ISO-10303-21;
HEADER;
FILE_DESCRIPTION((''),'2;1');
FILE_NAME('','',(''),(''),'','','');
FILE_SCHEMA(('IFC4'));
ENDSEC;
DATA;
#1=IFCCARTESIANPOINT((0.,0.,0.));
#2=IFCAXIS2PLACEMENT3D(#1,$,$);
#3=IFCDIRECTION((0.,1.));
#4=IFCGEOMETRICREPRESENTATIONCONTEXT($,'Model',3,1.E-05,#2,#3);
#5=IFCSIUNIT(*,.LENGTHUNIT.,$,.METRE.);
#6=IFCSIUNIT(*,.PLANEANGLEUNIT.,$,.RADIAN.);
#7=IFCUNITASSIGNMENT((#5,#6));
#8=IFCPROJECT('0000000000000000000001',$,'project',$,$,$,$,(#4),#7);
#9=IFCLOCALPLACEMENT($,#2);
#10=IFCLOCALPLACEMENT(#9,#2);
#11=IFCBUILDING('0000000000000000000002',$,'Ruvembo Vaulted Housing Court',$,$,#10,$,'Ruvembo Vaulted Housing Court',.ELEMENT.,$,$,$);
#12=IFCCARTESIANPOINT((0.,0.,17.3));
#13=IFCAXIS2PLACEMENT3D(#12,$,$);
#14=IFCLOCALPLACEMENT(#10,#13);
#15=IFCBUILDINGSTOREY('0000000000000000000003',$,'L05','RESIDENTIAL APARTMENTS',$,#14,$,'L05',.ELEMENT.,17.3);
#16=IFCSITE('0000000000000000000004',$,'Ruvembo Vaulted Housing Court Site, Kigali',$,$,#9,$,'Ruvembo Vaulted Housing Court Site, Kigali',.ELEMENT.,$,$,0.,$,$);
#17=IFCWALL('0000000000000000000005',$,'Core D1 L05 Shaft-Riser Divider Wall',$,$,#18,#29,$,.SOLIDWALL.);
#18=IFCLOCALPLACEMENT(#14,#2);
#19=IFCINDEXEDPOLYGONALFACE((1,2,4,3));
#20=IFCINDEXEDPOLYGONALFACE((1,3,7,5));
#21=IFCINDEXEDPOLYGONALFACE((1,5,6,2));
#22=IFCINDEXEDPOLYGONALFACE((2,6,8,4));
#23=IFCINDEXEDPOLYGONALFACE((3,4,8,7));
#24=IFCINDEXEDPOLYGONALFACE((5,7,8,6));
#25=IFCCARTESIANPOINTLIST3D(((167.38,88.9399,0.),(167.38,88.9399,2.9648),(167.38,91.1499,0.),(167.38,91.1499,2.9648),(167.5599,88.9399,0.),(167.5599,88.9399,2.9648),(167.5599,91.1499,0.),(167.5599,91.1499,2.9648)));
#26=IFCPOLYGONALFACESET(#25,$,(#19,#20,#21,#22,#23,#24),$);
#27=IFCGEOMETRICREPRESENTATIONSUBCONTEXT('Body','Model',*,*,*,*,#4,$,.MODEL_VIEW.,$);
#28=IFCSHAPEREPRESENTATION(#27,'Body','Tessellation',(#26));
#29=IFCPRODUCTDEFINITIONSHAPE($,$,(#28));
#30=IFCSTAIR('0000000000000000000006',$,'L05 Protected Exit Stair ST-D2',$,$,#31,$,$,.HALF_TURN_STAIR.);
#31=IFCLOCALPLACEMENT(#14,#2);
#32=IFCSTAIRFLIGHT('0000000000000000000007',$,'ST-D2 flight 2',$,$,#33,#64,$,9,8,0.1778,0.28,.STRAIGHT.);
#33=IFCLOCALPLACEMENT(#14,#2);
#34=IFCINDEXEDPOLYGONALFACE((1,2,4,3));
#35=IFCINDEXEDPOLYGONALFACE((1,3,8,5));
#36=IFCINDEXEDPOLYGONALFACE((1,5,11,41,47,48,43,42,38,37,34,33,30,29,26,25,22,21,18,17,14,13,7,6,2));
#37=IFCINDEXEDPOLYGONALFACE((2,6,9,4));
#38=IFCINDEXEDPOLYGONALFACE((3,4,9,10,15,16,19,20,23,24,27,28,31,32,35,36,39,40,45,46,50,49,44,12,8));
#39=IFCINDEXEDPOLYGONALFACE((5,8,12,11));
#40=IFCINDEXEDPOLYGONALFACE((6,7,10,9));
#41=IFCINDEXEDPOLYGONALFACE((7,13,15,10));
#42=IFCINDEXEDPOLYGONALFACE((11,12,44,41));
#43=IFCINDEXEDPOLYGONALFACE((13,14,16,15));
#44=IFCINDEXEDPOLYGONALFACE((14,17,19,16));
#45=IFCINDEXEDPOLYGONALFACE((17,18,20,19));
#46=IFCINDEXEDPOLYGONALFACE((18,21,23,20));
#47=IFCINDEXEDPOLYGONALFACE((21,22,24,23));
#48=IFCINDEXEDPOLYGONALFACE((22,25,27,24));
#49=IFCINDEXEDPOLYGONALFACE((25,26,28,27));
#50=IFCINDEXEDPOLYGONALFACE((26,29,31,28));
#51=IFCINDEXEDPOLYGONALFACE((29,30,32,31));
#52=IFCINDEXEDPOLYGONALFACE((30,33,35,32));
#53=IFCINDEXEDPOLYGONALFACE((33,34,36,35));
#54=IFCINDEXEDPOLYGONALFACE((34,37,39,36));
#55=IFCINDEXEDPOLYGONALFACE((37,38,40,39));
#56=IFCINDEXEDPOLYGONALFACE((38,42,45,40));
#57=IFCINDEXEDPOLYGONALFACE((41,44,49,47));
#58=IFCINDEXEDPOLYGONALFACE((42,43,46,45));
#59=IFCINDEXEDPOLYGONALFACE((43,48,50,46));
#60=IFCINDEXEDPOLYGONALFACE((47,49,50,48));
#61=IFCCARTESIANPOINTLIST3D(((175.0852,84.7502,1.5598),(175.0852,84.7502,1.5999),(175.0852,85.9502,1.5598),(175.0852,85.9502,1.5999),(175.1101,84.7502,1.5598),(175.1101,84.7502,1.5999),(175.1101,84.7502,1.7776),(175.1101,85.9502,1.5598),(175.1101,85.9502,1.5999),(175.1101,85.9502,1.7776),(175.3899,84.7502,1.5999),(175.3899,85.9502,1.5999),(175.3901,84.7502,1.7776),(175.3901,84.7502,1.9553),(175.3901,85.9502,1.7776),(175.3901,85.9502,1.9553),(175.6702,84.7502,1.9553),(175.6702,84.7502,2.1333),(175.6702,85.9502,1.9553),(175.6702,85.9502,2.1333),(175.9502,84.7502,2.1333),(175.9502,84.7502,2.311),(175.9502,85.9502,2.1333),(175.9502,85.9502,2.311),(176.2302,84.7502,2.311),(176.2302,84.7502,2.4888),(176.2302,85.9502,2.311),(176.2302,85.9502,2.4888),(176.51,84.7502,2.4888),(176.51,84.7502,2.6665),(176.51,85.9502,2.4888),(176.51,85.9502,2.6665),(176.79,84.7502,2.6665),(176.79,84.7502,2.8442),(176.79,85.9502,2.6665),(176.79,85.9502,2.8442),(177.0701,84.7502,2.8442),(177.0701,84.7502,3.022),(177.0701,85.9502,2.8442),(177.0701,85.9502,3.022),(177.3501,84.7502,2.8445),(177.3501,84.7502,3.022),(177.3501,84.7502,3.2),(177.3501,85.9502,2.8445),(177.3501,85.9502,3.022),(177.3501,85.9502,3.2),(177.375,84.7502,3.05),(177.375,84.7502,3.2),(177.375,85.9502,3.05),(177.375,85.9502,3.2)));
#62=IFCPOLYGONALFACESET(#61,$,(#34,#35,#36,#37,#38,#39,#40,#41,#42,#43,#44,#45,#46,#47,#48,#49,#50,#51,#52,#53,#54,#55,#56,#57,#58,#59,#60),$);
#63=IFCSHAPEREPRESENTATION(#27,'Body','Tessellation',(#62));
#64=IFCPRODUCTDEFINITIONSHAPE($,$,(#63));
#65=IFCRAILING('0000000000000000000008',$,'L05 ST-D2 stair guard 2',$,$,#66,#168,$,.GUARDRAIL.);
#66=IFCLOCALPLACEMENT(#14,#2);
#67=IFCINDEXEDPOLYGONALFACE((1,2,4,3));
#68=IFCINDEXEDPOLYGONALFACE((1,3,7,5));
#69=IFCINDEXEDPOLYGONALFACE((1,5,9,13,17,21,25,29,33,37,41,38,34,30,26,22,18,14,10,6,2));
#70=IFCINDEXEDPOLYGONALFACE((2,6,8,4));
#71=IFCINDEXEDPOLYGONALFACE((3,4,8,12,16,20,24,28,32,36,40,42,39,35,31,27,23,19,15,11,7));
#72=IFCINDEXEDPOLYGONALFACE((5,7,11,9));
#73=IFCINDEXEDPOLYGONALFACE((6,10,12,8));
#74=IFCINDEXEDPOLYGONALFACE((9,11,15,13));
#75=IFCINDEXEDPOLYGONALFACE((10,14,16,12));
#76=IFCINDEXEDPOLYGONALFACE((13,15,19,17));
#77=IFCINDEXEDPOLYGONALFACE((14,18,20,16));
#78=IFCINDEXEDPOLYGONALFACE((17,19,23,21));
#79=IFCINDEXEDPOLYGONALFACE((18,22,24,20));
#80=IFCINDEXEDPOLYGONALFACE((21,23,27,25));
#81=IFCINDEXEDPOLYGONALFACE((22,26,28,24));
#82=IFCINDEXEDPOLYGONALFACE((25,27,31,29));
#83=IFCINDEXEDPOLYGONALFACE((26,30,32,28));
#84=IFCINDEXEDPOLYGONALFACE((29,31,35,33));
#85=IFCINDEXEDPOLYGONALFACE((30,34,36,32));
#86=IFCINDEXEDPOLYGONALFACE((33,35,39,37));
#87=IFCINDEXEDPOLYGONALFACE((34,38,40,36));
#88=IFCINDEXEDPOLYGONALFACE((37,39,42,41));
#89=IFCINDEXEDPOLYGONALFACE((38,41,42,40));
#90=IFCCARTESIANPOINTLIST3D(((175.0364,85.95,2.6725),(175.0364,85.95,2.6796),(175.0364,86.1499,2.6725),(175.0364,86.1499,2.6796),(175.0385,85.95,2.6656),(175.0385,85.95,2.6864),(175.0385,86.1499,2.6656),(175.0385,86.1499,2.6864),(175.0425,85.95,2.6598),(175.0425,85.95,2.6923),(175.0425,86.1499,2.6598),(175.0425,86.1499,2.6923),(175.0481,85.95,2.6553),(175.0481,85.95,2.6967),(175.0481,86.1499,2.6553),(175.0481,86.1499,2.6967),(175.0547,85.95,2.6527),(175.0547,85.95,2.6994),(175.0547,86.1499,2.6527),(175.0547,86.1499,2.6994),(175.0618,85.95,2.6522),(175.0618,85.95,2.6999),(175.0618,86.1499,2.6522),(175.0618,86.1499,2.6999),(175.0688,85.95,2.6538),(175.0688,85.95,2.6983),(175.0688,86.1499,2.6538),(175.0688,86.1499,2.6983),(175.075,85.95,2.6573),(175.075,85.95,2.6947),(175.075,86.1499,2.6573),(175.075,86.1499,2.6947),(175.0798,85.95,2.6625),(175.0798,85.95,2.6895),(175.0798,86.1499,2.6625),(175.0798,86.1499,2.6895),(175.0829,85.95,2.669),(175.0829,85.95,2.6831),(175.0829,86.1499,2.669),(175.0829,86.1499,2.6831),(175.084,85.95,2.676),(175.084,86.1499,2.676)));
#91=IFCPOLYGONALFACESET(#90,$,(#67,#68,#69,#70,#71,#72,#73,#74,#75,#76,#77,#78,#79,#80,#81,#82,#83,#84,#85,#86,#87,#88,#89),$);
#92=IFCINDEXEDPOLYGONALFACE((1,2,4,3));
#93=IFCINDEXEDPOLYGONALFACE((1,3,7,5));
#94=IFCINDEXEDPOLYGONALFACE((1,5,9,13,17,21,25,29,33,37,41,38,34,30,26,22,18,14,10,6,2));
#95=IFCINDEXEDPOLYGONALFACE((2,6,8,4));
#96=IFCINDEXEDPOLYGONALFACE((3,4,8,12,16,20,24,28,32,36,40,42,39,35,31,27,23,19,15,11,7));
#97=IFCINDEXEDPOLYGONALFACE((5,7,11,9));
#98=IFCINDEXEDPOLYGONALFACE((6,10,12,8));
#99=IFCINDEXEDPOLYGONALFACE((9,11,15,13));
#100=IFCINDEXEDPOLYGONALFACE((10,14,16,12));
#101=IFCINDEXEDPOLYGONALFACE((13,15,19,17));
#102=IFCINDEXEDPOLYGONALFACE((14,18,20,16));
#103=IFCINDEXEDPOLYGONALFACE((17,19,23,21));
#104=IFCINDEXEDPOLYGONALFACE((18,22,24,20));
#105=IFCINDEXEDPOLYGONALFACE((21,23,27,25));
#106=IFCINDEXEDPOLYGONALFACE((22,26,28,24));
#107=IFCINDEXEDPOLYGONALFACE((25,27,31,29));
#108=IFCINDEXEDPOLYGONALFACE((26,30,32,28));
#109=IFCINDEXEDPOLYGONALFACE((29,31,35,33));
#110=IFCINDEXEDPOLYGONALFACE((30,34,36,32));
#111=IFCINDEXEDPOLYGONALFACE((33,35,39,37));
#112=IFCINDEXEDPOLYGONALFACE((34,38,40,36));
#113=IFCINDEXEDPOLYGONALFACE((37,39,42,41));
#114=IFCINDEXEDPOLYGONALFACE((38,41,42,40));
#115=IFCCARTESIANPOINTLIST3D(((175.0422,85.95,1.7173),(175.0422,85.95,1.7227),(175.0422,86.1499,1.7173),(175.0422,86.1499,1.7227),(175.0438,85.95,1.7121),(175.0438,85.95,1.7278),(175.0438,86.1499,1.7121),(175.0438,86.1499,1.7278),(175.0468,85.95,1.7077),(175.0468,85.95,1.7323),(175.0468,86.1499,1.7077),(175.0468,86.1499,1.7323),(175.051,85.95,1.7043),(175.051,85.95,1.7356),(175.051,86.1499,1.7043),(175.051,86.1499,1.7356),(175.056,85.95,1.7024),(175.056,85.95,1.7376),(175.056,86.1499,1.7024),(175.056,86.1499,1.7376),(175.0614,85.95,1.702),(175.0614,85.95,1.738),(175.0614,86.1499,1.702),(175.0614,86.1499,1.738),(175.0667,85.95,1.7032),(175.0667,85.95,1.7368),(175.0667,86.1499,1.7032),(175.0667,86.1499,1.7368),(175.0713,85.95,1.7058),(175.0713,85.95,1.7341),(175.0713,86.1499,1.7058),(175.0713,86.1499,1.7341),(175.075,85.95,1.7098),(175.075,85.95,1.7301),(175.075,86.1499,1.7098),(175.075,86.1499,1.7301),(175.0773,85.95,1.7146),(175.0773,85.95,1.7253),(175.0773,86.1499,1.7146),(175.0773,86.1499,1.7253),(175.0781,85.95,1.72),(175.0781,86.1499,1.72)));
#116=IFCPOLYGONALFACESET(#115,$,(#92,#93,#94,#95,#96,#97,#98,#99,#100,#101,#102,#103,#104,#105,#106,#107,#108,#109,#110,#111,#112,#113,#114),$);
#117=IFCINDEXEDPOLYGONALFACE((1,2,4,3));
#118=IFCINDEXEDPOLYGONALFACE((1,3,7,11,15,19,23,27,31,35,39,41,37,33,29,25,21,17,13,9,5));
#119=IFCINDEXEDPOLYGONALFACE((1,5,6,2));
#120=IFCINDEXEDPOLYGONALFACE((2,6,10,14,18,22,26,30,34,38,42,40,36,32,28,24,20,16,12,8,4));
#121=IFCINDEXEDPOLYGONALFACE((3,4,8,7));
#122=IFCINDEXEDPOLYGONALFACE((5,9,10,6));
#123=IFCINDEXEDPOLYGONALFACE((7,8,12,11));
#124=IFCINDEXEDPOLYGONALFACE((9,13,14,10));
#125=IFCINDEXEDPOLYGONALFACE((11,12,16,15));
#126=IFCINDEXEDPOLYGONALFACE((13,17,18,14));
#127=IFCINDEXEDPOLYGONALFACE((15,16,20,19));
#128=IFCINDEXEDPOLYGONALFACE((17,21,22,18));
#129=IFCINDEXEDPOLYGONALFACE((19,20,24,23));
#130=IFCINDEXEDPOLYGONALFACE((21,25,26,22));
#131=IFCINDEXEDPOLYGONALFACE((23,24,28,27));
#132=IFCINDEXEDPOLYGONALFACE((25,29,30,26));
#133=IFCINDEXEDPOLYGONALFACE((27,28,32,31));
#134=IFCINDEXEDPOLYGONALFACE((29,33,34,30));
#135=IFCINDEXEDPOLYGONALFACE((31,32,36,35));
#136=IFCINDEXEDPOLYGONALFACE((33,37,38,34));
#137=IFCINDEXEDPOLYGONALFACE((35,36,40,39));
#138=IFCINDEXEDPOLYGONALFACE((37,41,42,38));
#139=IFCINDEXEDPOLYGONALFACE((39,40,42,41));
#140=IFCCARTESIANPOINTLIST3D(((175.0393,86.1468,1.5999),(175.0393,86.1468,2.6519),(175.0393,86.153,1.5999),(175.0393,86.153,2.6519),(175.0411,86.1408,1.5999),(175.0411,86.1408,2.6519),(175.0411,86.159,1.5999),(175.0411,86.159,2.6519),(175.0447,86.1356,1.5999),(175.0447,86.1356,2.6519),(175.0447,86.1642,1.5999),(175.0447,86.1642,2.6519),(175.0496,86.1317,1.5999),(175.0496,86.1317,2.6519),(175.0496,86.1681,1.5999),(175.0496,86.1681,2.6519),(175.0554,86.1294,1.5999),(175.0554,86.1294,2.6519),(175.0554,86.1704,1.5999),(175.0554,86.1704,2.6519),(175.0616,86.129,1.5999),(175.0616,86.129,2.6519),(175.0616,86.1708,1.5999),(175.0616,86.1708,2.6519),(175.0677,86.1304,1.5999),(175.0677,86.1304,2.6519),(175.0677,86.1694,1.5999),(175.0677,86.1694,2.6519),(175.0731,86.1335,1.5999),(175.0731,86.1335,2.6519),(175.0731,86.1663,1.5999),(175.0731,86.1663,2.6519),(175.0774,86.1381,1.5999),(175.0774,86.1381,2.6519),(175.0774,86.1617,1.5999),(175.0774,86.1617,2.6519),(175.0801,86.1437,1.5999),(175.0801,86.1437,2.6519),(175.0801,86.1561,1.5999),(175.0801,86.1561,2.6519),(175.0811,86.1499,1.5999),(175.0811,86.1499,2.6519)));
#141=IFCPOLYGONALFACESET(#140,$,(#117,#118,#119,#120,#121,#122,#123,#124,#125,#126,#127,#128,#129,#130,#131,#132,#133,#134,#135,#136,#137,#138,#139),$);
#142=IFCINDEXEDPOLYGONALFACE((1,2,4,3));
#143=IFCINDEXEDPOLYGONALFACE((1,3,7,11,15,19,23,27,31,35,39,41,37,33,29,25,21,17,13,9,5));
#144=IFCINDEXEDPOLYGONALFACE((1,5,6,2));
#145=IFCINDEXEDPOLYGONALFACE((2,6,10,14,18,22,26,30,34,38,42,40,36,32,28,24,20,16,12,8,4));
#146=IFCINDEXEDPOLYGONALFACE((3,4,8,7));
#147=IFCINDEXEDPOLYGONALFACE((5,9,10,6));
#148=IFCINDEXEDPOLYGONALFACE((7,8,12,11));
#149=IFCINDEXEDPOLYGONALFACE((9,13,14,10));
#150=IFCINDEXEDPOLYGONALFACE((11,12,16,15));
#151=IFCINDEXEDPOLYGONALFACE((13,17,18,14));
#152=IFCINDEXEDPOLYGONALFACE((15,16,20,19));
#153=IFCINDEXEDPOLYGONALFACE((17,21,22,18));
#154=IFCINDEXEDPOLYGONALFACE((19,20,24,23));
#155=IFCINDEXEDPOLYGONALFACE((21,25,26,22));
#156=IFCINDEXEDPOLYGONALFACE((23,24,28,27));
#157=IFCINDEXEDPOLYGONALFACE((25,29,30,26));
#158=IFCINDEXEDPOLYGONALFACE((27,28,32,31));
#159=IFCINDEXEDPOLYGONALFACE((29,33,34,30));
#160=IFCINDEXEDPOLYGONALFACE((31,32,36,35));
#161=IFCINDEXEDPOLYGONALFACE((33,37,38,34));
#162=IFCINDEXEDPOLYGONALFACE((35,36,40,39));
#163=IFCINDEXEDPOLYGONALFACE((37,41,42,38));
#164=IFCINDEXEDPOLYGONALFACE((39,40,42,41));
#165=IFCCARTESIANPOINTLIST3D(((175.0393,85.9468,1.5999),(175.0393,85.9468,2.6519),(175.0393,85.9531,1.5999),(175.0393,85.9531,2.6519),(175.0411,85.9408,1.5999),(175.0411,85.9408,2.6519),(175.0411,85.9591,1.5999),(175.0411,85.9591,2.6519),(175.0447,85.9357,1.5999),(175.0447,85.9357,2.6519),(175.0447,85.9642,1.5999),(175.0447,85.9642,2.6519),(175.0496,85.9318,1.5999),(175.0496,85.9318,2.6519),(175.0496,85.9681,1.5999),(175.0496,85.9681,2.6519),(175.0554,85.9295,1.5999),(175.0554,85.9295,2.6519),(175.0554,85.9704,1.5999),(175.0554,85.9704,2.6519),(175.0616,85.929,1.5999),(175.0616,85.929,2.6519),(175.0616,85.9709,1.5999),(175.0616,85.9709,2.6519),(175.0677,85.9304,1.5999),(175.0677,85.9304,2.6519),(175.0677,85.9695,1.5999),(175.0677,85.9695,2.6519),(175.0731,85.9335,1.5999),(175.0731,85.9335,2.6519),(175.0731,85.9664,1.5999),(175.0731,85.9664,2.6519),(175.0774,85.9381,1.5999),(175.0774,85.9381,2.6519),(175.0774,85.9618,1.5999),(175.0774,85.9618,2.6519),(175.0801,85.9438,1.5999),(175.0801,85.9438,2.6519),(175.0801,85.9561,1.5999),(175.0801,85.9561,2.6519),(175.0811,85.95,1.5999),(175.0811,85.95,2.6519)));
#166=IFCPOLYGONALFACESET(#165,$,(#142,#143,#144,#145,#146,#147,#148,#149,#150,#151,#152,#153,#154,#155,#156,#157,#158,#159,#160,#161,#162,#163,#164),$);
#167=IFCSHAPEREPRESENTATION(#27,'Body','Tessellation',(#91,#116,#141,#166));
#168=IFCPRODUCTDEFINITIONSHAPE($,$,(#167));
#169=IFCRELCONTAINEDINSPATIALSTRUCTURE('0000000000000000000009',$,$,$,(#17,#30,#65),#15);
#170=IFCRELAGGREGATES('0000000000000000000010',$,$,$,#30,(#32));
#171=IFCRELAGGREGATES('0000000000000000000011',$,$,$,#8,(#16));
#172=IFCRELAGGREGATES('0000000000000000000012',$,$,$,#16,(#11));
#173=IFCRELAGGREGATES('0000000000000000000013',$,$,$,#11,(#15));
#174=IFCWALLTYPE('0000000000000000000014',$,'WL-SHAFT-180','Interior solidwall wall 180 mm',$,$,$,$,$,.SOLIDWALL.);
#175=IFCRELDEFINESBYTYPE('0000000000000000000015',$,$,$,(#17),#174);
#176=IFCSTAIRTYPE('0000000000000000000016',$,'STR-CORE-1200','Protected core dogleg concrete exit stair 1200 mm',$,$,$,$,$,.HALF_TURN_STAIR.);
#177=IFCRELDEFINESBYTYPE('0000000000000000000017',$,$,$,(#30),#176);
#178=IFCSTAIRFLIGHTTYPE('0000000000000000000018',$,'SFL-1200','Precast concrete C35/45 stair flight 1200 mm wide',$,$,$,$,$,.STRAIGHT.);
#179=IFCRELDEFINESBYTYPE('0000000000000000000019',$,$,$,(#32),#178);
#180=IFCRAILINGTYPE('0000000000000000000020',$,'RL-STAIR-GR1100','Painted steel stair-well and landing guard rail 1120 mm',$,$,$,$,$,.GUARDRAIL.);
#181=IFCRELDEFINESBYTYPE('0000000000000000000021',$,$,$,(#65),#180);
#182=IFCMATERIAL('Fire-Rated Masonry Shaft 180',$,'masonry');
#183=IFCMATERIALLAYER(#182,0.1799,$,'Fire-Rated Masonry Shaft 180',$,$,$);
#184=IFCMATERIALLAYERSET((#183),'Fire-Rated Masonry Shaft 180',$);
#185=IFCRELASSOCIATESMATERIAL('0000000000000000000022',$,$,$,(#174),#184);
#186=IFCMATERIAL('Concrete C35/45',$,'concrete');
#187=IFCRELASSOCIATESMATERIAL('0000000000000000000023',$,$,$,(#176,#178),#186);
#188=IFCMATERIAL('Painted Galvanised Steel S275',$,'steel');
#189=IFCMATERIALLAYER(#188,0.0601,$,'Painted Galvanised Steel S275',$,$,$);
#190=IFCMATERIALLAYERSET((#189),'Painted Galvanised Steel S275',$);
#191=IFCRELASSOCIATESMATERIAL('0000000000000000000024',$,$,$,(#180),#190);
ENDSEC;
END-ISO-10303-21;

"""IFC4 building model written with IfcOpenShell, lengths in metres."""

from ifc_helpers import new_model, si_unit, direction, frame, frame_2d, origin, origin_2d, place, context, subcontext, project, spatial, polyline, rectangle, circle, outline, extrude, material, layer, layer_set, type_object, element, aggregate, save


model = new_model("IFC4")

# Units and contexts
model_context = context("Model", 3, precision=1e-05, world=origin(), true_north=direction((0.0, 1.0)))
body_context = subcontext(model_context, "Body", "Model", "MODEL_VIEW")
ifc_project = project(units=[si_unit("LENGTHUNIT", "METRE"), si_unit("PLANEANGLEUNIT", "RADIAN")], contexts=[model_context])

# Site, building, storey
site_placement = place(None, origin())
site = spatial("IfcSite", under=ifc_project, at=site_placement, Name="Ruvembo Vaulted Housing Court Site, Kigali", LongName="Ruvembo Vaulted Housing Court Site, Kigali", CompositionType="ELEMENT", RefElevation=0.0)
building_placement = place(site_placement, origin())
building = spatial("IfcBuilding", under=site, at=building_placement, Name="Ruvembo Vaulted Housing Court", LongName="Ruvembo Vaulted Housing Court", CompositionType="ELEMENT")
storey_placement = place(building_placement, frame((0.0, 0.0, 17.3)))
storey = spatial("IfcBuildingStorey", under=building, at=storey_placement, Name="L05", Description="RESIDENTIAL APARTMENTS", LongName="L05", CompositionType="ELEMENT", Elevation=17.3)

# Shared definitions
ifc_material_1 = material(Name="Concrete C35/45", Category="concrete")

# Wall
ifc_material_2 = material(Name="Fire-Rated Masonry Shaft 180", Category="masonry")
ifc_layer_1 = layer(ifc_material_2, 0.1799, Name="Fire-Rated Masonry Shaft 180")
ifc_layer_set_1 = layer_set([ifc_layer_1], Name="Fire-Rated Masonry Shaft 180")
wall_type_1 = type_object("IfcWallType", Name="WL-SHAFT-180", Description="Interior solidwall wall 180 mm", PredefinedType="SOLIDWALL", material=ifc_layer_set_1)
wall_1_placement = place(storey_placement, frame((167.47, 88.9399, 0.0), z_axis=(0.0, 0.0, 1.0), x_axis=(0.0, 1.0, 0.0)))
element("IfcWall", 1, at=wall_1_placement, inside=storey, type_object=wall_type_1, Name="Core D1 L05 Shaft-Riser Divider Wall", PredefinedType="SOLIDWALL", context=body_context, shape_type="SweptSolid", body=[
    extrude(rectangle(XDim=2.21, YDim=0.1799, at=frame_2d((1.105, 0.0))), origin(), (0.0, 0.0, 1.0), 2.9648),
])

# Stair, stair flight
stair_type = type_object("IfcStairType", Name="STR-CORE-1200", Description="Protected core dogleg concrete exit stair 1200 mm", PredefinedType="HALF_TURN_STAIR", material=ifc_material_1)
stair_placement = place(storey_placement, origin())
stair = element("IfcStair", 2, at=stair_placement, inside=storey, type_object=stair_type, Name="L05 Protected Exit Stair ST-D2", PredefinedType="HALF_TURN_STAIR")
stair_flight_type = type_object("IfcStairFlightType", Name="SFL-1200", Description="Precast concrete C35/45 stair flight 1200 mm wide", PredefinedType="STRAIGHT", material=ifc_material_1)
stair_flight_placement = place(storey_placement, frame((175.1101, 85.3501, 1.5999), z_axis=(0.0, 0.0, 1.0), x_axis=(1.0, 0.0, 0.0)))
stair_flight = element("IfcStairFlight", 3, at=stair_flight_placement, type_object=stair_flight_type, Name="ST-D2 flight 2", NumberOfRisers=9, NumberOfTreads=8, PredefinedType="STRAIGHT", RiserHeight=0.1778, TreadLength=0.28, context=body_context, shape_type="SweptSolid", body=[
    extrude(outline(polyline([(-0.0249, -0.04), (-0.0249, 0.0), (0.0, 0.0), (0.0, 0.1777), (0.28, 0.1777), (0.28, 0.3555), (0.5601, 0.3555), (0.5601, 0.5334), (0.8401, 0.5334), (0.8401, 0.7112), (1.1201, 0.7112), (1.1201, 0.8889), (1.3999, 0.8889), (1.3999, 1.0667), (1.6799, 1.0667), (1.6799, 1.2444), (1.96, 1.2444), (1.96, 1.4221), (2.24, 1.4221), (2.24, 1.6001), (2.2649, 1.6001), (2.2649, 1.4502), (2.24, 1.2446), (0.2798, 0.0), (0.0, -0.04), (-0.0249, -0.04)])), frame((0.0, 0.6001, 0.0), z_axis=(0.0, -1.0, 0.0), x_axis=(1.0, 0.0, 0.0)), (0.0, 0.0, 1.0), 1.2),
])
aggregate(stair, [stair_flight])

# Railing
ifc_material_3 = material(Name="Painted Galvanised Steel S275", Category="steel")
ifc_layer_2 = layer(ifc_material_3, 0.0601, Name="Painted Galvanised Steel S275")
ifc_layer_set_2 = layer_set([ifc_layer_2], Name="Painted Galvanised Steel S275")
railing_type_1 = type_object("IfcRailingType", Name="RL-STAIR-GR1100", Description="Painted steel stair-well and landing guard rail 1120 mm", PredefinedType="GUARDRAIL", material=ifc_layer_set_2)
railing_1_placement = place(storey_placement, frame((175.0601, 86.1499, 1.5999)))
element("IfcRailing", 4, at=railing_1_placement, inside=storey, type_object=railing_type_1, Name="L05 ST-D2 stair guard 2", PredefinedType="GUARDRAIL", context=body_context, shape_type="SweptSolid", body=[
    extrude(circle(Radius=0.0239, at=origin_2d()), frame((0.0, 0.0, 1.0762), z_axis=(0.0, -1.0, 0.0), x_axis=(1.0, 0.0, 0.0)), (0.0, 0.0, 1.0), 0.2),
    extrude(circle(Radius=0.0181, at=origin_2d()), frame((0.0, 0.0, 0.1201), z_axis=(0.0, -1.0, 0.0), x_axis=(1.0, 0.0, 0.0)), (0.0, 0.0, 1.0), 0.2),
    extrude(circle(Radius=0.021, at=origin_2d()), origin(), (0.0, 0.0, 1.0), 1.052),
    extrude(circle(Radius=0.021, at=origin_2d()), frame((0.0, -0.2, 0.0)), (0.0, 0.0, 1.0), 1.052),
])

save(model, "model.ifc")
